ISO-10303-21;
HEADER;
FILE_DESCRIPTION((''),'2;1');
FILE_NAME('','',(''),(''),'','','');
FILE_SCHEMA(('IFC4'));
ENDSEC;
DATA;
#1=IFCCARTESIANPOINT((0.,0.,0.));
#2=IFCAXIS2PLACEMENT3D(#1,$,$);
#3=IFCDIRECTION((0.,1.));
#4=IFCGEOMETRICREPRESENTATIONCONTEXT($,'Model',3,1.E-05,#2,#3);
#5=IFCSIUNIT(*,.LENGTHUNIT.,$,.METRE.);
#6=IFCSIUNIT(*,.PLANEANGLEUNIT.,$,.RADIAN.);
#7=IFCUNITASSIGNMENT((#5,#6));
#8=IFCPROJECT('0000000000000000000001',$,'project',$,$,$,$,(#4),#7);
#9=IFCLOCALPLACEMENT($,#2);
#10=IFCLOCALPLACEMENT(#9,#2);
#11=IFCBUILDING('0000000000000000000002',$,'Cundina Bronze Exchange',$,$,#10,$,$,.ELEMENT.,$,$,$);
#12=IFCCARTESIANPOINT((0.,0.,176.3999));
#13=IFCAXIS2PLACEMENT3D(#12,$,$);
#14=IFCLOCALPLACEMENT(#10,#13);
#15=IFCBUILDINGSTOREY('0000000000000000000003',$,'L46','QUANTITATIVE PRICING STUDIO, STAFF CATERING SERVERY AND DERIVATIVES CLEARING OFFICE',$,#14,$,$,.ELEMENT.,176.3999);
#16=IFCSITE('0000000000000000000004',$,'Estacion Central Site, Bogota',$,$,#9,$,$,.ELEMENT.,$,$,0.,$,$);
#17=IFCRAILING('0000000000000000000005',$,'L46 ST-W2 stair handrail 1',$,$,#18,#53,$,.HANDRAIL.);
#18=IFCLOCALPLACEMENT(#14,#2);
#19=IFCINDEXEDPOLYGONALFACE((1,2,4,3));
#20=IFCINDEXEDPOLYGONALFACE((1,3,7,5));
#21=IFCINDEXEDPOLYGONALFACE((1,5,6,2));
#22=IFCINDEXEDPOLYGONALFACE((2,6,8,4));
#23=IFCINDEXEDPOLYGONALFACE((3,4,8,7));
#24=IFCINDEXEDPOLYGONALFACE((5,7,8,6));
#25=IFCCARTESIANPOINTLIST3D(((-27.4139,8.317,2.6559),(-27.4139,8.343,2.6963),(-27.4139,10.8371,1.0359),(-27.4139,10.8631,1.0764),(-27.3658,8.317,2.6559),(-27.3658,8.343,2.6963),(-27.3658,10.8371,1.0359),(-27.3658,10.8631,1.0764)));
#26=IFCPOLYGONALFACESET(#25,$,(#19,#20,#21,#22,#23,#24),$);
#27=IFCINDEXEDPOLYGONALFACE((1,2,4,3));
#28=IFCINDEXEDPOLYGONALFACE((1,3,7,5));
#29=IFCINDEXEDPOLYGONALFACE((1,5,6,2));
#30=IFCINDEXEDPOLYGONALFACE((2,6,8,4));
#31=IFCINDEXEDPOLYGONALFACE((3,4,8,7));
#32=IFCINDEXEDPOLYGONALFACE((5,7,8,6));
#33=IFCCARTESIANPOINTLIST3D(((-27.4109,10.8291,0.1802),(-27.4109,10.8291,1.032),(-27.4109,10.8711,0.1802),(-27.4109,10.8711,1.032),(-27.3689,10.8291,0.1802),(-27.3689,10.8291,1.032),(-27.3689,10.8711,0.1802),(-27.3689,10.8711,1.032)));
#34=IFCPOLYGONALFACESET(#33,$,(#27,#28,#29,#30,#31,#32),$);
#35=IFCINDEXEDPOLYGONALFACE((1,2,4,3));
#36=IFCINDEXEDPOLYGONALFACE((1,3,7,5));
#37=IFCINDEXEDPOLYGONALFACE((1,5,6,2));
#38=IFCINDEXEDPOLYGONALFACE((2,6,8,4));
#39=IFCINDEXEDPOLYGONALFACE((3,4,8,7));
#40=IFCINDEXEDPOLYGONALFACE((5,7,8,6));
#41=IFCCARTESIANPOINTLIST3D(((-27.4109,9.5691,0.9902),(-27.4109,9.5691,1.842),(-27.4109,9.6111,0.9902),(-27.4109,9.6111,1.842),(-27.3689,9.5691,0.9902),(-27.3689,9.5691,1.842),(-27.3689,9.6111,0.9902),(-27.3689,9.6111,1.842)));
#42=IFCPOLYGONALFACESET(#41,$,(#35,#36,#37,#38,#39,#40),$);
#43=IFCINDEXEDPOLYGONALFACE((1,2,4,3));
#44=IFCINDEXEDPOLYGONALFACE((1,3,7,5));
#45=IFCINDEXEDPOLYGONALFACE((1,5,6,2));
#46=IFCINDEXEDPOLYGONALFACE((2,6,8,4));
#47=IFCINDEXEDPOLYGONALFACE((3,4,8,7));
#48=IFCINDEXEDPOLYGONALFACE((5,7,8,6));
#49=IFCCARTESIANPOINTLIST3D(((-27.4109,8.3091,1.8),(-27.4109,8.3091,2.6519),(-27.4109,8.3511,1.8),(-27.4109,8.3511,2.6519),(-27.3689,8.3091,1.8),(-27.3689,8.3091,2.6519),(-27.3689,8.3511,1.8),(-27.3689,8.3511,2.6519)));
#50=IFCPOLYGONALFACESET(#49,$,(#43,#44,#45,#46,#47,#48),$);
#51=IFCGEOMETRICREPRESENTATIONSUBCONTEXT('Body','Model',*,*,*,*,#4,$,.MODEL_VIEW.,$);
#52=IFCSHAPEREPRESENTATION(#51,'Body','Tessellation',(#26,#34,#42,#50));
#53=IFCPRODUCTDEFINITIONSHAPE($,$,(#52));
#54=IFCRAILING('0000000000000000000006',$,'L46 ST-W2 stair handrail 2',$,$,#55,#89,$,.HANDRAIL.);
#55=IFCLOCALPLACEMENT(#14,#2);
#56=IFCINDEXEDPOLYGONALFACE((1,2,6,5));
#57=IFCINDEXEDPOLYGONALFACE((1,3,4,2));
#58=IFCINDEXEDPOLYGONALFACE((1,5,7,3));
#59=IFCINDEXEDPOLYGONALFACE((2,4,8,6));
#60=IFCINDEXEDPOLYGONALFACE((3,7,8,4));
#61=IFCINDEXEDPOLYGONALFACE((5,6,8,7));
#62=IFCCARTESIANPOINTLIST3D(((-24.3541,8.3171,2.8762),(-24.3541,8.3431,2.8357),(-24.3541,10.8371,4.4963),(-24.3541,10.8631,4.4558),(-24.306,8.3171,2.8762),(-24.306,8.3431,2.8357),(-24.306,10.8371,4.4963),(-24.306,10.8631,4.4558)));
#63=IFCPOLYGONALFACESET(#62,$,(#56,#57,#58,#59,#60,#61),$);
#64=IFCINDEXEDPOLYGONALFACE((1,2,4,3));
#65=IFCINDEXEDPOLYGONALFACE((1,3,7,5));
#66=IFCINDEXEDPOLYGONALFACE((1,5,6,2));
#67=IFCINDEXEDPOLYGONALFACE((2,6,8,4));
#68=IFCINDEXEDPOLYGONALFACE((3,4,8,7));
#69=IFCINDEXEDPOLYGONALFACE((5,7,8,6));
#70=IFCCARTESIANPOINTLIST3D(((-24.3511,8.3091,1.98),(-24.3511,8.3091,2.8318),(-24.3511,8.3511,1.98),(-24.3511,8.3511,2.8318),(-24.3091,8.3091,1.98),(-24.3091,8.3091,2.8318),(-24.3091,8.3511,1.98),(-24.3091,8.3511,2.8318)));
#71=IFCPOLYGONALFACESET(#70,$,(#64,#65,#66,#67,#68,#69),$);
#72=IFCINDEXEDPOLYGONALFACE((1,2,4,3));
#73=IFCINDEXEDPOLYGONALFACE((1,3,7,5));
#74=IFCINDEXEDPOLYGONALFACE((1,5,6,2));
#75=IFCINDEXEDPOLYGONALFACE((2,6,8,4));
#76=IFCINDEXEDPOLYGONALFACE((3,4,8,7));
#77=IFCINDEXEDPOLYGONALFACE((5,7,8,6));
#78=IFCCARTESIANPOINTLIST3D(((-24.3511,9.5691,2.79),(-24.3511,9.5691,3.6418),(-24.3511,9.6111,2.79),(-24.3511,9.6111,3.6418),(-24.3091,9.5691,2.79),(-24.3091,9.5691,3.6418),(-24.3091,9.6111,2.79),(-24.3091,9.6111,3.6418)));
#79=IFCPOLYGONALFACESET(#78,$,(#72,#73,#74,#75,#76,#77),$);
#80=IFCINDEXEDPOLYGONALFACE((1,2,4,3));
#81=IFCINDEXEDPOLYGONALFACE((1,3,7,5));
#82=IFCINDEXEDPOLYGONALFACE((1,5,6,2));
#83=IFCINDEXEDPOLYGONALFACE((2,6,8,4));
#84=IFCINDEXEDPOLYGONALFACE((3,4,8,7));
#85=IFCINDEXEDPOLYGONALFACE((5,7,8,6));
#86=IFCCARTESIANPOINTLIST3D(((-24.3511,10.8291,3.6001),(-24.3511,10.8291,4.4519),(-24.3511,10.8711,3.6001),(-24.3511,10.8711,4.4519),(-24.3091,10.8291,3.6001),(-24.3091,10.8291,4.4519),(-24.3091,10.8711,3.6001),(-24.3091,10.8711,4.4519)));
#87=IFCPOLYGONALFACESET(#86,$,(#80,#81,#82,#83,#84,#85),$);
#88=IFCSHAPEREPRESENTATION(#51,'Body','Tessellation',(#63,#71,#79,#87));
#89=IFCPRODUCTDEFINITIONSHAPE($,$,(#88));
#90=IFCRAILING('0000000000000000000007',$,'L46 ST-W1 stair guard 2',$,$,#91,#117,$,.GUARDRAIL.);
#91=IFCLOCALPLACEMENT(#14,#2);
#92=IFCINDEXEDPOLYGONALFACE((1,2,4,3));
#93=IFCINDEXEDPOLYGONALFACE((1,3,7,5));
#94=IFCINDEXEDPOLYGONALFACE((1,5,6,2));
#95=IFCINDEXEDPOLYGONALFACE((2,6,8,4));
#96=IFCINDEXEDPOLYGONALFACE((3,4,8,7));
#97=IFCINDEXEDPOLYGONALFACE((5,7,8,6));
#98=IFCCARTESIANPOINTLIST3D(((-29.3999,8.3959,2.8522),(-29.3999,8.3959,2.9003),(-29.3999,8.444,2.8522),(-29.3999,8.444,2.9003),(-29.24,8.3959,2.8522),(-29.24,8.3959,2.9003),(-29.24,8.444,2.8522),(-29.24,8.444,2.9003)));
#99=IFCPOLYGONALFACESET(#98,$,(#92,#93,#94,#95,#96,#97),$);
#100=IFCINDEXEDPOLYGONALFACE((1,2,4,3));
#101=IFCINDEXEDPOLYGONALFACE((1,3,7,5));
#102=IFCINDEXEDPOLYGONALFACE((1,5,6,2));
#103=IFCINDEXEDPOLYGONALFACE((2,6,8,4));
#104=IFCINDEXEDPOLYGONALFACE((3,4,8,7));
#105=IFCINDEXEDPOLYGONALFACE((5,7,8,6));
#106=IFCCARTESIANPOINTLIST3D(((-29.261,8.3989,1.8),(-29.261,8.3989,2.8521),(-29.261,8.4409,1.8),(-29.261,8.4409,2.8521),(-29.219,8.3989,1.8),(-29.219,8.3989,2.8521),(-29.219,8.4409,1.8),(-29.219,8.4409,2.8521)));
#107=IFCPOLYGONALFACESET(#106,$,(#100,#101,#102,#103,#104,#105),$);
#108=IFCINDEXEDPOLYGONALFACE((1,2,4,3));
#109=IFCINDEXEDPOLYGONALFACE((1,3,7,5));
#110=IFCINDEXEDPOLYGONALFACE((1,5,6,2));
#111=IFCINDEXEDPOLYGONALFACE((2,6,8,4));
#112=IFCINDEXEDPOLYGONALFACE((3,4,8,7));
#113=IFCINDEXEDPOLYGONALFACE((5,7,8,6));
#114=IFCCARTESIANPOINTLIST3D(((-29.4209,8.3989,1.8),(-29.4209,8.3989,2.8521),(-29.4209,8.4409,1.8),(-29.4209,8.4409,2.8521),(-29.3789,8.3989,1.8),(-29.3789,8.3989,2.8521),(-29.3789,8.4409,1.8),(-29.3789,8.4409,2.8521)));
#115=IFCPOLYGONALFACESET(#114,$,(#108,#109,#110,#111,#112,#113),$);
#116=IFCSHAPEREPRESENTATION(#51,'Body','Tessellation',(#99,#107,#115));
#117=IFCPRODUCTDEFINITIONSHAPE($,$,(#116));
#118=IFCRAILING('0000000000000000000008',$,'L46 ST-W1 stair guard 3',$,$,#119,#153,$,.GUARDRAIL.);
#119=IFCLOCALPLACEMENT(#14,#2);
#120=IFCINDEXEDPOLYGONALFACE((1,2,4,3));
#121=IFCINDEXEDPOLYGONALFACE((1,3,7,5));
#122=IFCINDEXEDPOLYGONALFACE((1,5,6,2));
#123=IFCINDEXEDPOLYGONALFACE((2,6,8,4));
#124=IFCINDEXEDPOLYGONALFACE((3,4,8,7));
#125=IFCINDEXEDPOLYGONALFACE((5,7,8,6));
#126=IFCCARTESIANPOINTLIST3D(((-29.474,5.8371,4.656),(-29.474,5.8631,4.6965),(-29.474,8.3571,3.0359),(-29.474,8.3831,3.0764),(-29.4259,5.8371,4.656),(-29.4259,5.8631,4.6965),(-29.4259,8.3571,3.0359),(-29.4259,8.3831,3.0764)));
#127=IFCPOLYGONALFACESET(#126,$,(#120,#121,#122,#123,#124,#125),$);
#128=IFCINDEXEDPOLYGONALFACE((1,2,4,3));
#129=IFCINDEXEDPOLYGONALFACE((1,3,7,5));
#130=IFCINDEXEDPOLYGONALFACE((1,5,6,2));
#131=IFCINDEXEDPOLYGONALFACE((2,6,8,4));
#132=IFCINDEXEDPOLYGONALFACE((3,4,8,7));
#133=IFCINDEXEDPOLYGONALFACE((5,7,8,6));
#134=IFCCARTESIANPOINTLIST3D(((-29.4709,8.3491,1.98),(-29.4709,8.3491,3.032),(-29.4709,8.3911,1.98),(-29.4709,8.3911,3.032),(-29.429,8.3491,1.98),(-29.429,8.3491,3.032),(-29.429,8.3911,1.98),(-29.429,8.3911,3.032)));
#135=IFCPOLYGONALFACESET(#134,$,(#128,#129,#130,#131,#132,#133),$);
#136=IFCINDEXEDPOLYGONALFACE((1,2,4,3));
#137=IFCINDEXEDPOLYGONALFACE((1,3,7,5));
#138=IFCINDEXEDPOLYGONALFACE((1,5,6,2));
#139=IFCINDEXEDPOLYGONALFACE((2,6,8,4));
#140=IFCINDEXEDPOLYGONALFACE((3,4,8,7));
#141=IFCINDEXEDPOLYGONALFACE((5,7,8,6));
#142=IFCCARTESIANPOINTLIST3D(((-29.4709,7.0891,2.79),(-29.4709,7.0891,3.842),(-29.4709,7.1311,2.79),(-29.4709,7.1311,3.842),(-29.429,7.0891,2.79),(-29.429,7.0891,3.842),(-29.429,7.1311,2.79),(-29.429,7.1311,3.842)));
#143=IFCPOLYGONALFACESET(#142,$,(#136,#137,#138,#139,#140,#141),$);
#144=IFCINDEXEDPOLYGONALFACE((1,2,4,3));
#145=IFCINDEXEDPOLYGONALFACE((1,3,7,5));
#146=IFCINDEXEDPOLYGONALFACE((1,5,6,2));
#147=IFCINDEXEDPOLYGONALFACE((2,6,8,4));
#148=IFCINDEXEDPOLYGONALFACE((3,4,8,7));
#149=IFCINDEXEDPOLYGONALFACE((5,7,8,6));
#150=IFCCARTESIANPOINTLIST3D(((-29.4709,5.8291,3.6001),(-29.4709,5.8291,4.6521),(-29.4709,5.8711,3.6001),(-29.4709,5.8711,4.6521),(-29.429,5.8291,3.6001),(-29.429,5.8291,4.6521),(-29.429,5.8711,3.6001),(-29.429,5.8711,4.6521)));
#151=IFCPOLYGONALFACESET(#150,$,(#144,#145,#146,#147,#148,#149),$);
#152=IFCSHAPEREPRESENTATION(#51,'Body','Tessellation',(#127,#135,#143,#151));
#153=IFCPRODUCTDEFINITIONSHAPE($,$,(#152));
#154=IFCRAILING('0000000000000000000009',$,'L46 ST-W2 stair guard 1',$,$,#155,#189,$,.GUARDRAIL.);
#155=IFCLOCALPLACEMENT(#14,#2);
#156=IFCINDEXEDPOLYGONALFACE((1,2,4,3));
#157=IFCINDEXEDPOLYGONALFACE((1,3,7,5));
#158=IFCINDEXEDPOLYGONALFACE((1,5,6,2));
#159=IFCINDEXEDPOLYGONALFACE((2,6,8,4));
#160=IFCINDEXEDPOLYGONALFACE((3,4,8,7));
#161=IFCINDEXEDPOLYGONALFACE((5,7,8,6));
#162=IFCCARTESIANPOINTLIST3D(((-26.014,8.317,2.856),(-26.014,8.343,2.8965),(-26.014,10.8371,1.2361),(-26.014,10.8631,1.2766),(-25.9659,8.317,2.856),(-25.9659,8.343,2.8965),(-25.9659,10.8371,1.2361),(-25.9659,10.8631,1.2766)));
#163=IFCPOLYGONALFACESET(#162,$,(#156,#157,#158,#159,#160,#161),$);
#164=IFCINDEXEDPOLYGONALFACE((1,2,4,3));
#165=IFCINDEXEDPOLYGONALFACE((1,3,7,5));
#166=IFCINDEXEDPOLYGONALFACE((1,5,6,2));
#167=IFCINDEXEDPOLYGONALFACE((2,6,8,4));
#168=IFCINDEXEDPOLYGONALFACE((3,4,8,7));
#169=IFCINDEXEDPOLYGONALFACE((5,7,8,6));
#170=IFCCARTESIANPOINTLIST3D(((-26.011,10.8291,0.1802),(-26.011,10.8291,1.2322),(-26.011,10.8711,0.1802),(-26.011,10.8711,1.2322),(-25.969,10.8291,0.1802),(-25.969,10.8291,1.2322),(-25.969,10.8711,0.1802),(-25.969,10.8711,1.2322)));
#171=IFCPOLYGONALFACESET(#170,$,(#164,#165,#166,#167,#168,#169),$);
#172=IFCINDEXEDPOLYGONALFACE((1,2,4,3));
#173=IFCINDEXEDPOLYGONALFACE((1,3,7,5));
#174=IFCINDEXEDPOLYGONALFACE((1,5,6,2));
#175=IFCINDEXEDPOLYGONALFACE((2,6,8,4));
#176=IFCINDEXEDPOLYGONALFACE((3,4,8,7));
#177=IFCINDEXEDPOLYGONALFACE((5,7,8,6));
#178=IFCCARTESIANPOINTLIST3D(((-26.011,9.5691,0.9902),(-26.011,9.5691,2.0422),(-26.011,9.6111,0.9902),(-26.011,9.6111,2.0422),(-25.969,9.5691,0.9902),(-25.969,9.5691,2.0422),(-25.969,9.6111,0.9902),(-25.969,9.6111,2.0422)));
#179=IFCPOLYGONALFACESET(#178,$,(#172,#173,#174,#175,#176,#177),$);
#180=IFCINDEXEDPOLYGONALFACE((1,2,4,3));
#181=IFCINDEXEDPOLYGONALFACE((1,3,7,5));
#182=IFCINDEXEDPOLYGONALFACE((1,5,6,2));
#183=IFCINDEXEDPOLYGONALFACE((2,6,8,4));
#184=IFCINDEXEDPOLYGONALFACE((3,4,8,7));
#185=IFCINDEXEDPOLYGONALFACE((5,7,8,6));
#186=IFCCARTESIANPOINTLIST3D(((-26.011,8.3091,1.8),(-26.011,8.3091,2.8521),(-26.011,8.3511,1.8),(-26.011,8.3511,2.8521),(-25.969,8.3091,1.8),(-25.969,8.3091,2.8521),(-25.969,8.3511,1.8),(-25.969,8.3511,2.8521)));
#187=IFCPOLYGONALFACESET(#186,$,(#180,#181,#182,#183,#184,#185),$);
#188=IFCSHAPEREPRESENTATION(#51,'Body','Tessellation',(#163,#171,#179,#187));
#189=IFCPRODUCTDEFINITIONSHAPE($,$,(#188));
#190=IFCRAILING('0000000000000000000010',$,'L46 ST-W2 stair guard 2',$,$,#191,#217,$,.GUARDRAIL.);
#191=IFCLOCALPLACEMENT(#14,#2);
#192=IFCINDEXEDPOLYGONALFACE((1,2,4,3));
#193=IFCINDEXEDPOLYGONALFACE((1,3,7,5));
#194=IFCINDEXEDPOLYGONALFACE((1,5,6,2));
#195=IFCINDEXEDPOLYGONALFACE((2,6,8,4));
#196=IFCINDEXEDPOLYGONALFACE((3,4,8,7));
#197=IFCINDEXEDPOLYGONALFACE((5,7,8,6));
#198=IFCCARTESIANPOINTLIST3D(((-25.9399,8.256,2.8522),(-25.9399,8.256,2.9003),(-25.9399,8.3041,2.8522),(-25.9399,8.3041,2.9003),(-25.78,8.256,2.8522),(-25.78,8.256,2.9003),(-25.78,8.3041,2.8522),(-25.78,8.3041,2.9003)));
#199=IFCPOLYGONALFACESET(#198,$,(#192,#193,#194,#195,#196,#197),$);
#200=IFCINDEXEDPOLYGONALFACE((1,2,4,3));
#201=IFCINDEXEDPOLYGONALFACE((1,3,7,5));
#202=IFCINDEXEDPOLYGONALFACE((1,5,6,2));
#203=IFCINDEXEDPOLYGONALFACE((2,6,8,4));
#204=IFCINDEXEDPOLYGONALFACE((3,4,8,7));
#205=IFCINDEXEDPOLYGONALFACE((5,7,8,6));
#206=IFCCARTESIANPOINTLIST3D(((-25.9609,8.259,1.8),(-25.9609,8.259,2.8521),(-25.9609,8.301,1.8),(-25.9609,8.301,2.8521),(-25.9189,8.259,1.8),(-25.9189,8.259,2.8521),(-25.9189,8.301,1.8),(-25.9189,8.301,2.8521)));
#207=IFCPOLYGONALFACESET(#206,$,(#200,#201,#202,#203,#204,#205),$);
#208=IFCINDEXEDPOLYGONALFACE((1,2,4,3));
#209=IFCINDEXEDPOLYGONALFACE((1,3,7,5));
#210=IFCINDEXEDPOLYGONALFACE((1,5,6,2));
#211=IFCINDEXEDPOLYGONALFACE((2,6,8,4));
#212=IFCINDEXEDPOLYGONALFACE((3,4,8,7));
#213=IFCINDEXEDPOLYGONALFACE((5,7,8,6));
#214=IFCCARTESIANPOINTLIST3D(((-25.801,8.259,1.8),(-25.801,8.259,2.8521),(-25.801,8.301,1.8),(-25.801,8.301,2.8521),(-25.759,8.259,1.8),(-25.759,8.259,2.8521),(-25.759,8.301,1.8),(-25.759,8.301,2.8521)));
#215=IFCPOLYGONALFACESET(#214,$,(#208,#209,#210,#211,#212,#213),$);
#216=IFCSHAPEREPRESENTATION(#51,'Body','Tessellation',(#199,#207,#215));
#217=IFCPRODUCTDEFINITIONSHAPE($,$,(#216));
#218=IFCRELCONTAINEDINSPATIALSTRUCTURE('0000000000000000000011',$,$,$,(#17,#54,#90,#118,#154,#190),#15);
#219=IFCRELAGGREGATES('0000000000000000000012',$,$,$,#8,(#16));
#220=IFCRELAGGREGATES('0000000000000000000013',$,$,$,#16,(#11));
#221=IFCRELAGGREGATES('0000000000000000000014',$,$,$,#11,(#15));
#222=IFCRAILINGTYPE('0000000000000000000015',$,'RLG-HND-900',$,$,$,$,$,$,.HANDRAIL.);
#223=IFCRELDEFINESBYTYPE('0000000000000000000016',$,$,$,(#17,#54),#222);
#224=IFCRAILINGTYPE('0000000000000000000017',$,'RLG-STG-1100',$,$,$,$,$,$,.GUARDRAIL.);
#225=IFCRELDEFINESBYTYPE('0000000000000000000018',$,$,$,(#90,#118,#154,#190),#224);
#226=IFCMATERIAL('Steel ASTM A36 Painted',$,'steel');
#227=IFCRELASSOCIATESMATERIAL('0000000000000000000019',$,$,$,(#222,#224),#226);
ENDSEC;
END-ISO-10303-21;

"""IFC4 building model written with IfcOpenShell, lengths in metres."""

from ifc_helpers import new_model, si_unit, direction, frame, origin, origin_2d, place, context, subcontext, project, spatial, rectangle, extrude, material, type_object, element, save


model = new_model("IFC4")

# Units and contexts
model_context = context("Model", 3, precision=1e-05, world=origin(), true_north=direction((0.0, 1.0)))
body_context = subcontext(model_context, "Body", "Model", "MODEL_VIEW")
ifc_project = project(units=[si_unit("LENGTHUNIT", "METRE"), si_unit("PLANEANGLEUNIT", "RADIAN")], contexts=[model_context])

# Site, building, storey
site_placement = place(None, origin())
site = spatial("IfcSite", under=ifc_project, at=site_placement, Name="Estacion Central Site, Bogota", CompositionType="ELEMENT", RefElevation=0.0)
building_placement = place(site_placement, origin())
building = spatial("IfcBuilding", under=site, at=building_placement, Name="Cundina Bronze Exchange", CompositionType="ELEMENT")
storey_placement = place(building_placement, frame((0.0, 0.0, 176.3999)))
storey = spatial("IfcBuildingStorey", under=building, at=storey_placement, Name="L46", Description="QUANTITATIVE PRICING STUDIO, STAFF CATERING SERVERY AND DERIVATIVES CLEARING OFFICE", CompositionType="ELEMENT", Elevation=176.3999)

# Shared definitions
ifc_material_1 = material(Name="Steel ASTM A36 Painted", Category="steel")

# Railings
railing_type_1 = type_object("IfcRailingType", Name="RLG-HND-900", PredefinedType="HANDRAIL", material=ifc_material_1)
railing_1_placement = place(storey_placement, frame((-27.3899, 10.8501, 0.1802)))
element("IfcRailing", 1, at=railing_1_placement, inside=storey, type_object=railing_type_1, Name="L46 ST-W2 stair handrail 1", PredefinedType="HANDRAIL", context=body_context, shape_type="SweptSolid", body=[
    extrude(rectangle(XDim=0.0481, YDim=0.0481, at=origin_2d()), frame((0.0, 0.0, 0.876), z_axis=(0.0, -0.8412, 0.540725), x_axis=(1.0, 0.0, 0.0)), (0.0, 0.0, 1.0), 2.9958),
    extrude(rectangle(XDim=0.042, YDim=0.042, at=origin_2d()), origin(), (0.0, 0.0, 1.0), 0.8518),
    extrude(rectangle(XDim=0.042, YDim=0.042, at=origin_2d()), frame((0.0, -1.26, 0.8101)), (0.0, 0.0, 1.0), 0.8518),
    extrude(rectangle(XDim=0.042, YDim=0.042, at=origin_2d()), frame((0.0, -2.52, 1.6199)), (0.0, 0.0, 1.0), 0.8518),
])
railing_2_placement = place(storey_placement, frame((-24.3301, 8.3301, 1.98)))
element("IfcRailing", 2, at=railing_2_placement, inside=storey, type_object=railing_type_1, Name="L46 ST-W2 stair handrail 2", PredefinedType="HANDRAIL", context=body_context, shape_type="SweptSolid", body=[
    extrude(rectangle(XDim=0.0481, YDim=0.0481, at=origin_2d()), frame((0.0, 0.0, 0.876), z_axis=(0.0, 0.841163, 0.540782), x_axis=(-1.0, 0.0, 0.0)), (0.0, 0.0, 1.0), 2.9958),
    extrude(rectangle(XDim=0.042, YDim=0.042, at=origin_2d()), origin(), (0.0, 0.0, 1.0), 0.8518),
    extrude(rectangle(XDim=0.042, YDim=0.042, at=origin_2d()), frame((0.0, 1.26, 0.8101)), (0.0, 0.0, 1.0), 0.8518),
    extrude(rectangle(XDim=0.042, YDim=0.042, at=origin_2d()), frame((0.0, 2.52, 1.6201)), (0.0, 0.0, 1.0), 0.8518),
])
railing_type_2 = type_object("IfcRailingType", Name="RLG-STG-1100", PredefinedType="GUARDRAIL", material=ifc_material_1)
railing_3_placement = place(storey_placement, frame((-29.24, 8.4199, 1.8)))
element("IfcRailing", 3, at=railing_3_placement, inside=storey, type_object=railing_type_2, Name="L46 ST-W1 stair guard 2", PredefinedType="GUARDRAIL", context=body_context, shape_type="SweptSolid", body=[
    extrude(rectangle(XDim=0.0481, YDim=0.0481, at=origin_2d()), frame((0.0, 0.0, 1.0762), z_axis=(-1.0, 0.0, 0.0), x_axis=(0.0, -1.0, 0.0)), (0.0, 0.0, 1.0), 0.1599),
    extrude(rectangle(XDim=0.042, YDim=0.042, at=origin_2d()), origin(), (0.0, 0.0, 1.0), 1.052),
    extrude(rectangle(XDim=0.042, YDim=0.042, at=origin_2d()), frame((-0.1599, 0.0, 0.0)), (0.0, 0.0, 1.0), 1.052),
])
railing_4_placement = place(storey_placement, frame((-29.45, 8.3701, 1.98)))
element("IfcRailing", 4, at=railing_4_placement, inside=storey, type_object=railing_type_2, Name="L46 ST-W1 stair guard 3", PredefinedType="GUARDRAIL", context=body_context, shape_type="SweptSolid", body=[
    extrude(rectangle(XDim=0.0481, YDim=0.0481, at=origin_2d()), frame((0.0, 0.0, 1.0762), z_axis=(0.0, -0.841163, 0.540782), x_axis=(1.0, 0.0, 0.0)), (0.0, 0.0, 1.0), 2.9958),
    extrude(rectangle(XDim=0.042, YDim=0.042, at=origin_2d()), origin(), (0.0, 0.0, 1.0), 1.052),
    extrude(rectangle(XDim=0.042, YDim=0.042, at=origin_2d()), frame((0.0, -1.26, 0.8101)), (0.0, 0.0, 1.0), 1.052),
    extrude(rectangle(XDim=0.042, YDim=0.042, at=origin_2d()), frame((0.0, -2.52, 1.6201)), (0.0, 0.0, 1.0), 1.052),
])
railing_5_placement = place(storey_placement, frame((-25.99, 10.8501, 0.1802)))
element("IfcRailing", 5, at=railing_5_placement, inside=storey, type_object=railing_type_2, Name="L46 ST-W2 stair guard 1", PredefinedType="GUARDRAIL", context=body_context, shape_type="SweptSolid", body=[
    extrude(rectangle(XDim=0.0481, YDim=0.0481, at=origin_2d()), frame((0.0, 0.0, 1.0762), z_axis=(0.0, -0.8412, 0.540725), x_axis=(1.0, 0.0, 0.0)), (0.0, 0.0, 1.0), 2.9958),
    extrude(rectangle(XDim=0.042, YDim=0.042, at=origin_2d()), origin(), (0.0, 0.0, 1.0), 1.052),
    extrude(rectangle(XDim=0.042, YDim=0.042, at=origin_2d()), frame((0.0, -1.26, 0.8101)), (0.0, 0.0, 1.0), 1.052),
    extrude(rectangle(XDim=0.042, YDim=0.042, at=origin_2d()), frame((0.0, -2.52, 1.6199)), (0.0, 0.0, 1.0), 1.052),
])
railing_6_placement = place(storey_placement, frame((-25.9399, 8.28, 1.8)))
element("IfcRailing", 6, at=railing_6_placement, inside=storey, type_object=railing_type_2, Name="L46 ST-W2 stair guard 2", PredefinedType="GUARDRAIL", context=body_context, shape_type="SweptSolid", body=[
    extrude(rectangle(XDim=0.0481, YDim=0.0481, at=origin_2d()), frame((0.0, 0.0, 1.0762), z_axis=(1.0, 0.0, 0.0), x_axis=(0.0, 1.0, 0.0)), (0.0, 0.0, 1.0), 0.1599),
    extrude(rectangle(XDim=0.042, YDim=0.042, at=origin_2d()), origin(), (0.0, 0.0, 1.0), 1.052),
    extrude(rectangle(XDim=0.042, YDim=0.042, at=origin_2d()), frame((0.1599, 0.0, 0.0)), (0.0, 0.0, 1.0), 1.052),
])

save(model, "model.ifc")
